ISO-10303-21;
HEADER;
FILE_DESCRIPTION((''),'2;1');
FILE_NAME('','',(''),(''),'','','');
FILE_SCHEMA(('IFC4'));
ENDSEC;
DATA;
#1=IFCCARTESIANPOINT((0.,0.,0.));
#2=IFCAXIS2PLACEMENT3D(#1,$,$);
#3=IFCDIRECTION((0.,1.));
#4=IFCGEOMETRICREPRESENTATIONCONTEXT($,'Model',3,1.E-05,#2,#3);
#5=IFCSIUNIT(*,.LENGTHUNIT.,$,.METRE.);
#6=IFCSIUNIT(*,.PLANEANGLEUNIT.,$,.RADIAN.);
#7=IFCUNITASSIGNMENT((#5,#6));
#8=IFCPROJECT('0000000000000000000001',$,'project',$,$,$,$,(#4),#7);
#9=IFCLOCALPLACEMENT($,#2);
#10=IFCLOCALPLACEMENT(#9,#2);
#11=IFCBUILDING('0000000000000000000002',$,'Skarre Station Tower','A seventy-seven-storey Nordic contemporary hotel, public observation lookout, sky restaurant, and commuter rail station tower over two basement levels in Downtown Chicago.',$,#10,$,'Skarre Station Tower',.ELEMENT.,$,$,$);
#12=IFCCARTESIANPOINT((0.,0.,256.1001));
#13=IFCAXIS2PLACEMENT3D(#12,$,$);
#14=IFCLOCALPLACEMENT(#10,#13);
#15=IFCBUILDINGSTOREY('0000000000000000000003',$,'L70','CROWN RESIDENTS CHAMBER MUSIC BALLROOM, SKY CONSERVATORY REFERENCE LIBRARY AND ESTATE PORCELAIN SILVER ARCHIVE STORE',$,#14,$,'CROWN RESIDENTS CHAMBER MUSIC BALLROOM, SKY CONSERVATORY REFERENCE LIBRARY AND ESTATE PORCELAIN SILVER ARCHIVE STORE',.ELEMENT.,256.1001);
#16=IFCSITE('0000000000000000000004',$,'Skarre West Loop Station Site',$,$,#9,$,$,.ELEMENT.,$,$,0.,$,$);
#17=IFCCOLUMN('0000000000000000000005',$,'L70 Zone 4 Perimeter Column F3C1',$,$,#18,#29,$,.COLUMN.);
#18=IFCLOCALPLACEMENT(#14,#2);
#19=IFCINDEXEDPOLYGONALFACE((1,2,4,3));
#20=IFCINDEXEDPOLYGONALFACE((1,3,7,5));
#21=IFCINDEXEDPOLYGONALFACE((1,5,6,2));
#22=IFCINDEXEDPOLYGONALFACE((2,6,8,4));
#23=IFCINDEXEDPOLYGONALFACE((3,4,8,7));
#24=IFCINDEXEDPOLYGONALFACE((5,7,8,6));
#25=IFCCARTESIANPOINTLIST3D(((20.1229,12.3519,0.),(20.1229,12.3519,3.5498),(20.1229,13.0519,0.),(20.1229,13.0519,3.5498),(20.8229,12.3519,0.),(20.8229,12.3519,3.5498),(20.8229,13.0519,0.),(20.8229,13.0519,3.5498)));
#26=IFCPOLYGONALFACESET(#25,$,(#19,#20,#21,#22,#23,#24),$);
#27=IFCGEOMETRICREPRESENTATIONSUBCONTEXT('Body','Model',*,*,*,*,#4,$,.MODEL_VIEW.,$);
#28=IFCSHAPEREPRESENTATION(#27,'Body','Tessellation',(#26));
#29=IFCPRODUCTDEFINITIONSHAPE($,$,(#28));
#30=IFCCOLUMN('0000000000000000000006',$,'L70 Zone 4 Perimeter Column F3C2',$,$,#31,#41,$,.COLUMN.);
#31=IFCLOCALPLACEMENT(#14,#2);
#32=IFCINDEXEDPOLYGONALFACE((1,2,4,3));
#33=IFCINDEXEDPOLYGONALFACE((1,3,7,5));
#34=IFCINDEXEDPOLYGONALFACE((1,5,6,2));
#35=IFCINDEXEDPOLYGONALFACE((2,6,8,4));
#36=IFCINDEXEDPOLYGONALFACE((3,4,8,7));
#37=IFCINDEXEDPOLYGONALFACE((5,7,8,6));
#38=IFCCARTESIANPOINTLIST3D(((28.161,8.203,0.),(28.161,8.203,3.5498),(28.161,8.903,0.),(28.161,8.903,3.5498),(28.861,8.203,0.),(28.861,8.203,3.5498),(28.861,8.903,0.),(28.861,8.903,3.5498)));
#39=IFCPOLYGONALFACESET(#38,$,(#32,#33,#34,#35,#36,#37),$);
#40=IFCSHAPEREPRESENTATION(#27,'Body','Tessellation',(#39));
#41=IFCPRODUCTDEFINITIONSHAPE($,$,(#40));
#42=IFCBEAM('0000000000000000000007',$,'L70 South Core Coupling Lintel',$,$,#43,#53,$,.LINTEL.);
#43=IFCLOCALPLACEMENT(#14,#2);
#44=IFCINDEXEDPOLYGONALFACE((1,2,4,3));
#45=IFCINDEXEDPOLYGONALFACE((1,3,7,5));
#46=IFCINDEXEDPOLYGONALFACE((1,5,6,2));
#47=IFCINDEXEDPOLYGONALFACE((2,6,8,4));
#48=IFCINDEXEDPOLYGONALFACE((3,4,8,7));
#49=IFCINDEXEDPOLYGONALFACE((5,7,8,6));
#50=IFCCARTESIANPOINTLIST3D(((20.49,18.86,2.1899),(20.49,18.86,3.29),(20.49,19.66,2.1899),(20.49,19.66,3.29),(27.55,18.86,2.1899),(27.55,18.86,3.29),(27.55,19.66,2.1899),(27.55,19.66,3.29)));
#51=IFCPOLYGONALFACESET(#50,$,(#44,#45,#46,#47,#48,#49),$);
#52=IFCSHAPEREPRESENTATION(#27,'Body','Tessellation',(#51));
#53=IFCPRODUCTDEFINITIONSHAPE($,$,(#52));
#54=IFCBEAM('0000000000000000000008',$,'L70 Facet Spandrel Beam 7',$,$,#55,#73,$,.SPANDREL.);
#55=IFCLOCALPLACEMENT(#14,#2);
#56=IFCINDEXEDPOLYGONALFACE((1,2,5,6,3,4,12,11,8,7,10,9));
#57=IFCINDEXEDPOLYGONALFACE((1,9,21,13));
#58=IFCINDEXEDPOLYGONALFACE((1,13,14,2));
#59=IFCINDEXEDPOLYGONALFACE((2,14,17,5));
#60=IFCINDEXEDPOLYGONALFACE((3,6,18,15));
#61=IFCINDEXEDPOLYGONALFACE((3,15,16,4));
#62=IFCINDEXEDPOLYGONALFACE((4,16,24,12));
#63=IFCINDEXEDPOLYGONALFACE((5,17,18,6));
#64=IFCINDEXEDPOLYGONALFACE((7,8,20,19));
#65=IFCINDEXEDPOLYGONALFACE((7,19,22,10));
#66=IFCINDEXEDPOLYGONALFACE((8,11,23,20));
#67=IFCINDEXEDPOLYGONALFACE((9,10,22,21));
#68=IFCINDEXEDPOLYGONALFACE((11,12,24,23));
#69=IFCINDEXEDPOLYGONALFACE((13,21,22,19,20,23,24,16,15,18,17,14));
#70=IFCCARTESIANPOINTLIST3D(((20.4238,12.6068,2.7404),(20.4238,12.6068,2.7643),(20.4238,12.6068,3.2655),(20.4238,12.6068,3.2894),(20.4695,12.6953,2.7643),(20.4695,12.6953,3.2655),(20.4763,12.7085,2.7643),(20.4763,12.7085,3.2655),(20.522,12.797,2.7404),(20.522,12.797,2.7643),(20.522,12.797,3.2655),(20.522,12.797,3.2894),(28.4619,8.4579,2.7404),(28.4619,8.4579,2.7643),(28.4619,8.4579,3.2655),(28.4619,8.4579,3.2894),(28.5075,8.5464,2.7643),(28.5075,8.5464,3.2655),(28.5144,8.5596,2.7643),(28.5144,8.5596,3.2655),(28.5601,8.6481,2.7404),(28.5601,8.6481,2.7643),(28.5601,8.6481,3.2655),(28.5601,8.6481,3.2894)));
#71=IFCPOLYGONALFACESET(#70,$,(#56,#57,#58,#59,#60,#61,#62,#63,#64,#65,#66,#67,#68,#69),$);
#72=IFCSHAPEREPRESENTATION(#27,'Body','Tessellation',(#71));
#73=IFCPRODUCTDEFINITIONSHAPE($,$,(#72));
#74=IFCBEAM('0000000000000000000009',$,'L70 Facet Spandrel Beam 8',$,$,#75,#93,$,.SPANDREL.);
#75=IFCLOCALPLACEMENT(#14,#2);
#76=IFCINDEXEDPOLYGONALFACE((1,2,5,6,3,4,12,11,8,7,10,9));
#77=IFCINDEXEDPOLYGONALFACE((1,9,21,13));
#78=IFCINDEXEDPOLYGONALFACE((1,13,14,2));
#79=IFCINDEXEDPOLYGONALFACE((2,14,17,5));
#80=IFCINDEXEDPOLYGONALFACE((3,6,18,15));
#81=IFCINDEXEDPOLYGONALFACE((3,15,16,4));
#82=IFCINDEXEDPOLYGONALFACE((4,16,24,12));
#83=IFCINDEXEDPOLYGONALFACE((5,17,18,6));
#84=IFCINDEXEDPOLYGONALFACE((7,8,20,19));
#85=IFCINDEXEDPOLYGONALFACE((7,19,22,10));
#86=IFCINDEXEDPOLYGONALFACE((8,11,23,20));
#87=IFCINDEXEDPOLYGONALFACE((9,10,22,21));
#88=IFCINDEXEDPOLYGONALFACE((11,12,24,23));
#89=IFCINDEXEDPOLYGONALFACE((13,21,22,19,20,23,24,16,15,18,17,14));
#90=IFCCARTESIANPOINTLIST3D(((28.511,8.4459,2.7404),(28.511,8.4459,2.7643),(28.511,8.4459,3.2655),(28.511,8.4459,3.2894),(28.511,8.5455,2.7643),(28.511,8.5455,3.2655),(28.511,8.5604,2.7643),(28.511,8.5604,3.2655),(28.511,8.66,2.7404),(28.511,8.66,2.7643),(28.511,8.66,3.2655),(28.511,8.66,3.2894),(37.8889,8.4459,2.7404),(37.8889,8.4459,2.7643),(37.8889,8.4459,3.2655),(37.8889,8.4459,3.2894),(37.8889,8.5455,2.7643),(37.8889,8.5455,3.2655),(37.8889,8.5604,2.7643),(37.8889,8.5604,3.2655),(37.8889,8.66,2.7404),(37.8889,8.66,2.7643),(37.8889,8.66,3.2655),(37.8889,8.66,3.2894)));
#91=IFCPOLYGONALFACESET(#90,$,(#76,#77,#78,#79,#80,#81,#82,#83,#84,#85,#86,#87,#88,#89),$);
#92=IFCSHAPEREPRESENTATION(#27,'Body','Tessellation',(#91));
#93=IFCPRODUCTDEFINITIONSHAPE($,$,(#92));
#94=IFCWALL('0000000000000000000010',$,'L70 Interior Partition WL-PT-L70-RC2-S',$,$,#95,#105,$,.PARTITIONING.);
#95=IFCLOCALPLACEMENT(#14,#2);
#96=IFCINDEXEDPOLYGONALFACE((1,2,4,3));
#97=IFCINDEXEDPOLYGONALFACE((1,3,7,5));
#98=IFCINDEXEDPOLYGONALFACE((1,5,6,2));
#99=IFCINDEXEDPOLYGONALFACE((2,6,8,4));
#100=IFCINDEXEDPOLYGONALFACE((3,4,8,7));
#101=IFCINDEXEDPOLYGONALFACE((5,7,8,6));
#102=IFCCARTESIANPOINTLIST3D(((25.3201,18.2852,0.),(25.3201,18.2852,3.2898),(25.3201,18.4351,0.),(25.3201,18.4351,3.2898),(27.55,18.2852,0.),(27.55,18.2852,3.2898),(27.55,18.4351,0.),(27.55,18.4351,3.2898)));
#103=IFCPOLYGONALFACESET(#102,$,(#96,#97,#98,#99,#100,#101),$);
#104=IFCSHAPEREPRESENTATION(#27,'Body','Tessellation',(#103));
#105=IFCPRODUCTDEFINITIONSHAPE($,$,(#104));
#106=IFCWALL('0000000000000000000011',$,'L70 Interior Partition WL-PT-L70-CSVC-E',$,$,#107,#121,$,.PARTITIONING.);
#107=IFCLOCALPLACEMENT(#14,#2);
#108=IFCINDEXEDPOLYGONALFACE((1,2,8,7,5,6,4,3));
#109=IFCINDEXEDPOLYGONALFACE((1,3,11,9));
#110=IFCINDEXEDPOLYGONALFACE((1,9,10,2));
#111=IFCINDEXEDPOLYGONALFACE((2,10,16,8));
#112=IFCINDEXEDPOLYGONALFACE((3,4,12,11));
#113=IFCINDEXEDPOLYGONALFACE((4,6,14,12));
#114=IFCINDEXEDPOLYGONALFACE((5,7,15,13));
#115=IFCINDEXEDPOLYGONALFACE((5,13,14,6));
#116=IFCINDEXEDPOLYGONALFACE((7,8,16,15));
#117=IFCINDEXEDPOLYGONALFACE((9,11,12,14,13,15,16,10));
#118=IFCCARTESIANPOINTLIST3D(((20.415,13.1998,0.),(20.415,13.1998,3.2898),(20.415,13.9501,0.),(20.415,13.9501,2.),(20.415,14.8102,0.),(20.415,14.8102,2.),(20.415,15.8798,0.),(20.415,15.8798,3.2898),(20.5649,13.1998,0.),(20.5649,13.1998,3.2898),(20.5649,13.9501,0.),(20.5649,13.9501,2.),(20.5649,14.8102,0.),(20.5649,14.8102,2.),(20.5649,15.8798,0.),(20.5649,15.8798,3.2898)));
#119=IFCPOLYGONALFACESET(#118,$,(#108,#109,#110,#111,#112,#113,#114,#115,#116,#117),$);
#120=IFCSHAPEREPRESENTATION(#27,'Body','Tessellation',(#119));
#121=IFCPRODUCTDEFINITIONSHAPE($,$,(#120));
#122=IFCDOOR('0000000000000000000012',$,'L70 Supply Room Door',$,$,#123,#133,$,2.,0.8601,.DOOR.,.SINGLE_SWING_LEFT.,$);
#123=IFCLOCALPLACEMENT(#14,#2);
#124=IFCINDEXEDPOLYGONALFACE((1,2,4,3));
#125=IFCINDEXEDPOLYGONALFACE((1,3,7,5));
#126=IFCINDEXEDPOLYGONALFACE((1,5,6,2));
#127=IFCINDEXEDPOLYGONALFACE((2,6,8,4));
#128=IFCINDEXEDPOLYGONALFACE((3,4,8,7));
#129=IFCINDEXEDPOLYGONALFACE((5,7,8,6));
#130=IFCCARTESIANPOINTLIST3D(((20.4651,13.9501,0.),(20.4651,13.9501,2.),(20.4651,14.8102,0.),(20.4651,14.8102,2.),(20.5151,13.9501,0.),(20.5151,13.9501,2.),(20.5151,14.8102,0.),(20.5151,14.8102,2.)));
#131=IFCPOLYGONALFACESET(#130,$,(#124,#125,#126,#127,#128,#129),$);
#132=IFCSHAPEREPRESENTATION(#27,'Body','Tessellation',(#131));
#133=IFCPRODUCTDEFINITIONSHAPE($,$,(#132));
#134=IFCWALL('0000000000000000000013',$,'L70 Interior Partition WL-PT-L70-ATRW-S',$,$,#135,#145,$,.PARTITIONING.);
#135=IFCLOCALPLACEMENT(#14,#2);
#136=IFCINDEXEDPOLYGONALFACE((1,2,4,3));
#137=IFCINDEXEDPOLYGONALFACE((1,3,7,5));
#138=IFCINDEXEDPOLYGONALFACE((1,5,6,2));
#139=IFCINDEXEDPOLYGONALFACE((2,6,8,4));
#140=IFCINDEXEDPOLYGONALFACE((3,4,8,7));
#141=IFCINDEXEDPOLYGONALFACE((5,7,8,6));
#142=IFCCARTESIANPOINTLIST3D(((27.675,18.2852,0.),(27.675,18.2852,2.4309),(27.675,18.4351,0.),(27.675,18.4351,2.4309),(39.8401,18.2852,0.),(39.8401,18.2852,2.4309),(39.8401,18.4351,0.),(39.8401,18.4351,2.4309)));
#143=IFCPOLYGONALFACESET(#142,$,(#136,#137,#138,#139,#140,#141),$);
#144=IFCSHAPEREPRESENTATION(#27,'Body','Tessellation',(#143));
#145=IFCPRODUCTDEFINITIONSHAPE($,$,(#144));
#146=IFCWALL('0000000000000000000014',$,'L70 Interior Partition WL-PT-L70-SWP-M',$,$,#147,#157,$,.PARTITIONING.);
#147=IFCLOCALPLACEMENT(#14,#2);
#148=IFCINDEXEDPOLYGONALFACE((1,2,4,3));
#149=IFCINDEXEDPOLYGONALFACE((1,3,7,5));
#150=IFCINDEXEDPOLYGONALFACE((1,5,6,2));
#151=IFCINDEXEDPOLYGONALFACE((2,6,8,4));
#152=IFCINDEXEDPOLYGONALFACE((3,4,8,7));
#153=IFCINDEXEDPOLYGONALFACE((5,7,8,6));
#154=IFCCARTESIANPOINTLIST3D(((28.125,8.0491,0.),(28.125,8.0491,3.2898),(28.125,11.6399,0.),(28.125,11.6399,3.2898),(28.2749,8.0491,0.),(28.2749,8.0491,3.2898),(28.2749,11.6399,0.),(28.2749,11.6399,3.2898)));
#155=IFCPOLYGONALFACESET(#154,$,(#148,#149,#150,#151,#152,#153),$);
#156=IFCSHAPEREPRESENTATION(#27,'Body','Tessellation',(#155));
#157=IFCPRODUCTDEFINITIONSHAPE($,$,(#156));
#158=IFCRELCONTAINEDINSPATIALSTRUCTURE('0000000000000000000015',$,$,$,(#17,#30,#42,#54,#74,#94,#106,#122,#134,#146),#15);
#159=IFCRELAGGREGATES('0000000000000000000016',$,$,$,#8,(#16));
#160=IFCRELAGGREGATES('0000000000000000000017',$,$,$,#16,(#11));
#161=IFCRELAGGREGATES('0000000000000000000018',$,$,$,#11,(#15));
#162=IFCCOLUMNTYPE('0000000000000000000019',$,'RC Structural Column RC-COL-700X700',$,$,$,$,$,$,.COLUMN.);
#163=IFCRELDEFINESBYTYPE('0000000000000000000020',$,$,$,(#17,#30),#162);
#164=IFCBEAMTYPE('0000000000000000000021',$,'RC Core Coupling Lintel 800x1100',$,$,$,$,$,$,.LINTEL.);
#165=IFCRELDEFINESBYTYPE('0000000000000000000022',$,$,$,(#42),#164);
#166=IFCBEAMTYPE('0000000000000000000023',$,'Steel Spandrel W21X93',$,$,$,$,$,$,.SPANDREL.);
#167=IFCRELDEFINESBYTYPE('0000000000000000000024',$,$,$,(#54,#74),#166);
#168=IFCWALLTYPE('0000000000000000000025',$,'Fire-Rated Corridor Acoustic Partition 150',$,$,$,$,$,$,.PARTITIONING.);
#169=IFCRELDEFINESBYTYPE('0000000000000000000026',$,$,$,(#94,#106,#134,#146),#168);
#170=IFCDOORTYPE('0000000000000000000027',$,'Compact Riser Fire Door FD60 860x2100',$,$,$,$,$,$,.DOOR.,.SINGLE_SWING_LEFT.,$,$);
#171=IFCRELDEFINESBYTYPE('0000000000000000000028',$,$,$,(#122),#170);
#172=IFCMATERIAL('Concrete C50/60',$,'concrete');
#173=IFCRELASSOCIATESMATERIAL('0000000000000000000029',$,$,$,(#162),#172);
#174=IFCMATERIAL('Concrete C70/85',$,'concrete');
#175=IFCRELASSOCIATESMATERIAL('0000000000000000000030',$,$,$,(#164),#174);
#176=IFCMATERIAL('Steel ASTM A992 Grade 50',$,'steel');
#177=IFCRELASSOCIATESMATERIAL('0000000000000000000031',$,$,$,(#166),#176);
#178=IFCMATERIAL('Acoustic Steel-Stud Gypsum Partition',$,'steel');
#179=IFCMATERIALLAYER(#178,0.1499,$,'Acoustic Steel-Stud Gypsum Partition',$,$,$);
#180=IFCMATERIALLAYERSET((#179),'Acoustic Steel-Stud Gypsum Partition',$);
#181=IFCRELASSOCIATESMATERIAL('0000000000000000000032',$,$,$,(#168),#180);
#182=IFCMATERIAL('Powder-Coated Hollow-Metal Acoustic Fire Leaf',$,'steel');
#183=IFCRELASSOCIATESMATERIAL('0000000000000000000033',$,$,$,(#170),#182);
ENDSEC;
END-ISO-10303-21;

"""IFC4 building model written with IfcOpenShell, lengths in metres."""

from ifc_helpers import new_model, si_unit, direction, frame, frame_2d, origin, origin_2d, place, context, subcontext, project, spatial, rectangle, i_section, extrude, material, layer, layer_set, material_profile, profile_set, type_object, element, fill, save


model = new_model("IFC4")

# Units and contexts
model_context = context("Model", 3, precision=1e-05, world=origin(), true_north=direction((0.0, 1.0)))
body_context = subcontext(model_context, "Body", "Model", "MODEL_VIEW")
ifc_project = project(units=[si_unit("LENGTHUNIT", "METRE"), si_unit("PLANEANGLEUNIT", "RADIAN")], contexts=[model_context])

# Site, building, storey
site_placement = place(None, origin())
site = spatial("IfcSite", under=ifc_project, at=site_placement, Name="Skarre West Loop Station Site", CompositionType="ELEMENT", RefElevation=0.0)
building_placement = place(site_placement, origin())
building = spatial("IfcBuilding", under=site, at=building_placement, Name="Skarre Station Tower", Description="A seventy-seven-storey Nordic contemporary hotel, public observation lookout, sky restaurant, and commuter rail station tower over two basement levels in Downtown Chicago.", LongName="Skarre Station Tower", CompositionType="ELEMENT")
storey_placement = place(building_placement, frame((0.0, 0.0, 256.1001)))
storey = spatial("IfcBuildingStorey", under=building, at=storey_placement, Name="L70", Description="CROWN RESIDENTS CHAMBER MUSIC BALLROOM, SKY CONSERVATORY REFERENCE LIBRARY AND ESTATE PORCELAIN SILVER ARCHIVE STORE", LongName="CROWN RESIDENTS CHAMBER MUSIC BALLROOM, SKY CONSERVATORY REFERENCE LIBRARY AND ESTATE PORCELAIN SILVER ARCHIVE STORE", CompositionType="ELEMENT", Elevation=256.1001)

# Columns
ifc_material_1 = material(Name="Concrete C50/60", Category="concrete")
ifc_material_profile_1 = material_profile(ifc_material_1, rectangle(XDim=0.7, YDim=0.7, at=origin_2d()), Name="Concrete C50/60")
ifc_profile_set_1 = profile_set([ifc_material_profile_1], Name="Concrete C50/60")
column_type = type_object("IfcColumnType", Name="RC Structural Column RC-COL-700X700", PredefinedType="COLUMN", material=ifc_profile_set_1)
for number, where, z_axis, x_axis, name in (
    (1, (20.4729, 12.7019, 0.0), (0.0, 0.0, 1.0), (1.0, 0.0, 0.0), "L70 Zone 4 Perimeter Column F3C1"),
    (2, (28.511, 8.553, 0.0), (0.0, 0.0, 1.0), (1.0, 0.0, 0.0), "L70 Zone 4 Perimeter Column F3C2"),
):
    element("IfcColumn", number, at=place(storey_placement, frame(where, z_axis=z_axis, x_axis=x_axis)), inside=storey, type_object=column_type, Name=name, PredefinedType="COLUMN", context=body_context, shape_type="SweptSolid", body=[
        extrude(rectangle(XDim=0.7, YDim=0.7, at=origin_2d()), origin(), (0.0, 0.0, 1.0), 3.5498),
    ])

# Beams
ifc_material_2 = material(Name="Concrete C70/85", Category="concrete")
ifc_material_profile_2 = material_profile(ifc_material_2, rectangle(XDim=0.8, YDim=1.1001, at=origin_2d()), Name="Concrete C70/85")
ifc_profile_set_2 = profile_set([ifc_material_profile_2], Name="Concrete C70/85")
beam_type_1 = type_object("IfcBeamType", Name="RC Core Coupling Lintel 800x1100", PredefinedType="LINTEL", material=ifc_profile_set_2)
beam_1_placement = place(storey_placement, frame((20.49, 19.26, 2.74), z_axis=(1.0, 0.0, 0.0), x_axis=(0.0, 1.0, 0.0)))
element("IfcBeam", 3, at=beam_1_placement, inside=storey, type_object=beam_type_1, Name="L70 South Core Coupling Lintel", PredefinedType="LINTEL", context=body_context, shape_type="SweptSolid", body=[
    extrude(rectangle(XDim=0.8, YDim=1.1001, at=origin_2d()), origin(), (0.0, 0.0, 1.0), 7.0601),
])
ifc_material_3 = material(Name="Steel ASTM A992 Grade 50", Category="steel")
ifc_material_profile_3 = material_profile(ifc_material_3, i_section(OverallWidth=0.2141, OverallDepth=0.5491, WebThickness=0.0149, FlangeThickness=0.0239, at=origin_2d()), Name="Steel ASTM A992 Grade 50")
ifc_profile_set_3 = profile_set([ifc_material_profile_3], Name="Steel ASTM A992 Grade 50")
beam_type_2 = type_object("IfcBeamType", Name="Steel Spandrel W21X93", PredefinedType="SPANDREL", material=ifc_profile_set_3)
beam_2_placement = place(storey_placement, frame((20.4729, 12.7019, 3.0149), z_axis=(0.88861, -0.458664, 0.0), x_axis=(0.458664, 0.88861, 0.0)))
element("IfcBeam", 4, at=beam_2_placement, inside=storey, type_object=beam_type_2, Name="L70 Facet Spandrel Beam 7", PredefinedType="SPANDREL", context=body_context, shape_type="SweptSolid", body=[
    extrude(i_section(OverallWidth=0.2141, OverallDepth=0.5491, WebThickness=0.0149, FlangeThickness=0.0239, at=origin_2d()), origin(), (0.0, 0.0, 1.0), 9.0457),
])
beam_3_placement = place(storey_placement, frame((28.511, 8.553, 3.0149), z_axis=(1.0, 0.0, 0.0), x_axis=(0.0, 1.0, 0.0)))
element("IfcBeam", 5, at=beam_3_placement, inside=storey, type_object=beam_type_2, Name="L70 Facet Spandrel Beam 8", PredefinedType="SPANDREL", context=body_context, shape_type="SweptSolid", body=[
    extrude(i_section(OverallWidth=0.2141, OverallDepth=0.5491, WebThickness=0.0149, FlangeThickness=0.0239, at=origin_2d()), origin(), (0.0, 0.0, 1.0), 9.3779),
])

# Wall
ifc_material_4 = material(Name="Acoustic Steel-Stud Gypsum Partition", Category="steel")
ifc_layer_1 = layer(ifc_material_4, 0.1499, Name="Acoustic Steel-Stud Gypsum Partition")
ifc_layer_set_1 = layer_set([ifc_layer_1], Name="Acoustic Steel-Stud Gypsum Partition")
wall_type_1 = type_object("IfcWallType", Name="Fire-Rated Corridor Acoustic Partition 150", PredefinedType="PARTITIONING", material=ifc_layer_set_1)
wall_1_placement = place(storey_placement, frame((25.3201, 18.3601, 0.0), z_axis=(0.0, 0.0, 1.0), x_axis=(1.0, 0.0, 0.0)))
element("IfcWall", 6, at=wall_1_placement, inside=storey, type_object=wall_type_1, Name="L70 Interior Partition WL-PT-L70-RC2-S", PredefinedType="PARTITIONING", context=body_context, shape_type="SweptSolid", body=[
    extrude(rectangle(XDim=2.23, YDim=0.1499, at=frame_2d((1.115, 0.0))), origin(), (0.0, 0.0, 1.0), 3.2898),
])

# Wall, opening, door
wall_2_placement = place(storey_placement, frame((20.49, 13.2, 0.0), z_axis=(0.0, 0.0, 1.0), x_axis=(0.0, 1.0, 0.0)))
wall_2 = element("IfcWall", 7, at=wall_2_placement, inside=storey, type_object=wall_type_1, Name="L70 Interior Partition WL-PT-L70-CSVC-E", PredefinedType="PARTITIONING", context=body_context, shape_type="SweptSolid", body=[
    extrude(rectangle(XDim=2.6799, YDim=0.1499, at=frame_2d((1.3398, 0.0))), origin(), (0.0, 0.0, 1.0), 3.2898),
])
opening_1_placement = place(wall_2_placement, frame((0.75, 0.0, 0.0)))
opening_1 = element("IfcOpeningElement", 8, at=opening_1_placement, cuts=wall_2, PredefinedType="OPENING", context=body_context, shape_type="SweptSolid", body=[
    extrude(rectangle(XDim=0.8601, YDim=2.0, at=frame_2d((0.4302, 1.0))), frame((0.0, 0.085, 0.0), z_axis=(0.0, -1.0, 0.0), x_axis=(1.0, 0.0, 0.0)), (0.0, 0.0, 1.0), 0.1699),
])
ifc_material_5 = material(Name="Powder-Coated Hollow-Metal Acoustic Fire Leaf", Category="steel")
door_type_1 = type_object("IfcDoorType", Name="Compact Riser Fire Door FD60 860x2100", OperationType="SINGLE_SWING_LEFT", PredefinedType="DOOR", material=ifc_material_5)
door_1_placement = place(opening_1_placement, origin())
door_1 = element("IfcDoor", 9, at=door_1_placement, inside=storey, type_object=door_type_1, Name="L70 Supply Room Door", OperationType="SINGLE_SWING_LEFT", OverallHeight=2.0, OverallWidth=0.8601, PredefinedType="DOOR", context=body_context, shape_type="SweptSolid", body=[
    extrude(rectangle(XDim=0.8601, YDim=2.0, at=frame_2d((0.4302, 1.0))), frame((0.0, 0.0249, 0.0), z_axis=(0.0, -1.0, 0.0), x_axis=(1.0, 0.0, 0.0)), (0.0, 0.0, 1.0), 0.05),
])
fill(opening_1, door_1)

# Walls
wall_3_placement = place(storey_placement, frame((27.675, 18.3601, 0.0), z_axis=(0.0, 0.0, 1.0), x_axis=(1.0, 0.0, 0.0)))
element("IfcWall", 10, at=wall_3_placement, inside=storey, type_object=wall_type_1, Name="L70 Interior Partition WL-PT-L70-ATRW-S", PredefinedType="PARTITIONING", context=body_context, shape_type="SweptSolid", body=[
    extrude(rectangle(XDim=12.165, YDim=0.1499, at=frame_2d((6.0825, 0.0))), origin(), (0.0, 0.0, 1.0), 2.4309),
])
wall_4_placement = place(storey_placement, frame((28.2, 8.0491, 0.0), z_axis=(0.0, 0.0, 1.0), x_axis=(0.0, 1.0, 0.0)))
element("IfcWall", 11, at=wall_4_placement, inside=storey, type_object=wall_type_1, Name="L70 Interior Partition WL-PT-L70-SWP-M", PredefinedType="PARTITIONING", context=body_context, shape_type="SweptSolid", body=[
    extrude(rectangle(XDim=3.5908, YDim=0.1499, at=frame_2d((1.7954, 0.0))), origin(), (0.0, 0.0, 1.0), 3.2898),
])

save(model, "model.ifc")
